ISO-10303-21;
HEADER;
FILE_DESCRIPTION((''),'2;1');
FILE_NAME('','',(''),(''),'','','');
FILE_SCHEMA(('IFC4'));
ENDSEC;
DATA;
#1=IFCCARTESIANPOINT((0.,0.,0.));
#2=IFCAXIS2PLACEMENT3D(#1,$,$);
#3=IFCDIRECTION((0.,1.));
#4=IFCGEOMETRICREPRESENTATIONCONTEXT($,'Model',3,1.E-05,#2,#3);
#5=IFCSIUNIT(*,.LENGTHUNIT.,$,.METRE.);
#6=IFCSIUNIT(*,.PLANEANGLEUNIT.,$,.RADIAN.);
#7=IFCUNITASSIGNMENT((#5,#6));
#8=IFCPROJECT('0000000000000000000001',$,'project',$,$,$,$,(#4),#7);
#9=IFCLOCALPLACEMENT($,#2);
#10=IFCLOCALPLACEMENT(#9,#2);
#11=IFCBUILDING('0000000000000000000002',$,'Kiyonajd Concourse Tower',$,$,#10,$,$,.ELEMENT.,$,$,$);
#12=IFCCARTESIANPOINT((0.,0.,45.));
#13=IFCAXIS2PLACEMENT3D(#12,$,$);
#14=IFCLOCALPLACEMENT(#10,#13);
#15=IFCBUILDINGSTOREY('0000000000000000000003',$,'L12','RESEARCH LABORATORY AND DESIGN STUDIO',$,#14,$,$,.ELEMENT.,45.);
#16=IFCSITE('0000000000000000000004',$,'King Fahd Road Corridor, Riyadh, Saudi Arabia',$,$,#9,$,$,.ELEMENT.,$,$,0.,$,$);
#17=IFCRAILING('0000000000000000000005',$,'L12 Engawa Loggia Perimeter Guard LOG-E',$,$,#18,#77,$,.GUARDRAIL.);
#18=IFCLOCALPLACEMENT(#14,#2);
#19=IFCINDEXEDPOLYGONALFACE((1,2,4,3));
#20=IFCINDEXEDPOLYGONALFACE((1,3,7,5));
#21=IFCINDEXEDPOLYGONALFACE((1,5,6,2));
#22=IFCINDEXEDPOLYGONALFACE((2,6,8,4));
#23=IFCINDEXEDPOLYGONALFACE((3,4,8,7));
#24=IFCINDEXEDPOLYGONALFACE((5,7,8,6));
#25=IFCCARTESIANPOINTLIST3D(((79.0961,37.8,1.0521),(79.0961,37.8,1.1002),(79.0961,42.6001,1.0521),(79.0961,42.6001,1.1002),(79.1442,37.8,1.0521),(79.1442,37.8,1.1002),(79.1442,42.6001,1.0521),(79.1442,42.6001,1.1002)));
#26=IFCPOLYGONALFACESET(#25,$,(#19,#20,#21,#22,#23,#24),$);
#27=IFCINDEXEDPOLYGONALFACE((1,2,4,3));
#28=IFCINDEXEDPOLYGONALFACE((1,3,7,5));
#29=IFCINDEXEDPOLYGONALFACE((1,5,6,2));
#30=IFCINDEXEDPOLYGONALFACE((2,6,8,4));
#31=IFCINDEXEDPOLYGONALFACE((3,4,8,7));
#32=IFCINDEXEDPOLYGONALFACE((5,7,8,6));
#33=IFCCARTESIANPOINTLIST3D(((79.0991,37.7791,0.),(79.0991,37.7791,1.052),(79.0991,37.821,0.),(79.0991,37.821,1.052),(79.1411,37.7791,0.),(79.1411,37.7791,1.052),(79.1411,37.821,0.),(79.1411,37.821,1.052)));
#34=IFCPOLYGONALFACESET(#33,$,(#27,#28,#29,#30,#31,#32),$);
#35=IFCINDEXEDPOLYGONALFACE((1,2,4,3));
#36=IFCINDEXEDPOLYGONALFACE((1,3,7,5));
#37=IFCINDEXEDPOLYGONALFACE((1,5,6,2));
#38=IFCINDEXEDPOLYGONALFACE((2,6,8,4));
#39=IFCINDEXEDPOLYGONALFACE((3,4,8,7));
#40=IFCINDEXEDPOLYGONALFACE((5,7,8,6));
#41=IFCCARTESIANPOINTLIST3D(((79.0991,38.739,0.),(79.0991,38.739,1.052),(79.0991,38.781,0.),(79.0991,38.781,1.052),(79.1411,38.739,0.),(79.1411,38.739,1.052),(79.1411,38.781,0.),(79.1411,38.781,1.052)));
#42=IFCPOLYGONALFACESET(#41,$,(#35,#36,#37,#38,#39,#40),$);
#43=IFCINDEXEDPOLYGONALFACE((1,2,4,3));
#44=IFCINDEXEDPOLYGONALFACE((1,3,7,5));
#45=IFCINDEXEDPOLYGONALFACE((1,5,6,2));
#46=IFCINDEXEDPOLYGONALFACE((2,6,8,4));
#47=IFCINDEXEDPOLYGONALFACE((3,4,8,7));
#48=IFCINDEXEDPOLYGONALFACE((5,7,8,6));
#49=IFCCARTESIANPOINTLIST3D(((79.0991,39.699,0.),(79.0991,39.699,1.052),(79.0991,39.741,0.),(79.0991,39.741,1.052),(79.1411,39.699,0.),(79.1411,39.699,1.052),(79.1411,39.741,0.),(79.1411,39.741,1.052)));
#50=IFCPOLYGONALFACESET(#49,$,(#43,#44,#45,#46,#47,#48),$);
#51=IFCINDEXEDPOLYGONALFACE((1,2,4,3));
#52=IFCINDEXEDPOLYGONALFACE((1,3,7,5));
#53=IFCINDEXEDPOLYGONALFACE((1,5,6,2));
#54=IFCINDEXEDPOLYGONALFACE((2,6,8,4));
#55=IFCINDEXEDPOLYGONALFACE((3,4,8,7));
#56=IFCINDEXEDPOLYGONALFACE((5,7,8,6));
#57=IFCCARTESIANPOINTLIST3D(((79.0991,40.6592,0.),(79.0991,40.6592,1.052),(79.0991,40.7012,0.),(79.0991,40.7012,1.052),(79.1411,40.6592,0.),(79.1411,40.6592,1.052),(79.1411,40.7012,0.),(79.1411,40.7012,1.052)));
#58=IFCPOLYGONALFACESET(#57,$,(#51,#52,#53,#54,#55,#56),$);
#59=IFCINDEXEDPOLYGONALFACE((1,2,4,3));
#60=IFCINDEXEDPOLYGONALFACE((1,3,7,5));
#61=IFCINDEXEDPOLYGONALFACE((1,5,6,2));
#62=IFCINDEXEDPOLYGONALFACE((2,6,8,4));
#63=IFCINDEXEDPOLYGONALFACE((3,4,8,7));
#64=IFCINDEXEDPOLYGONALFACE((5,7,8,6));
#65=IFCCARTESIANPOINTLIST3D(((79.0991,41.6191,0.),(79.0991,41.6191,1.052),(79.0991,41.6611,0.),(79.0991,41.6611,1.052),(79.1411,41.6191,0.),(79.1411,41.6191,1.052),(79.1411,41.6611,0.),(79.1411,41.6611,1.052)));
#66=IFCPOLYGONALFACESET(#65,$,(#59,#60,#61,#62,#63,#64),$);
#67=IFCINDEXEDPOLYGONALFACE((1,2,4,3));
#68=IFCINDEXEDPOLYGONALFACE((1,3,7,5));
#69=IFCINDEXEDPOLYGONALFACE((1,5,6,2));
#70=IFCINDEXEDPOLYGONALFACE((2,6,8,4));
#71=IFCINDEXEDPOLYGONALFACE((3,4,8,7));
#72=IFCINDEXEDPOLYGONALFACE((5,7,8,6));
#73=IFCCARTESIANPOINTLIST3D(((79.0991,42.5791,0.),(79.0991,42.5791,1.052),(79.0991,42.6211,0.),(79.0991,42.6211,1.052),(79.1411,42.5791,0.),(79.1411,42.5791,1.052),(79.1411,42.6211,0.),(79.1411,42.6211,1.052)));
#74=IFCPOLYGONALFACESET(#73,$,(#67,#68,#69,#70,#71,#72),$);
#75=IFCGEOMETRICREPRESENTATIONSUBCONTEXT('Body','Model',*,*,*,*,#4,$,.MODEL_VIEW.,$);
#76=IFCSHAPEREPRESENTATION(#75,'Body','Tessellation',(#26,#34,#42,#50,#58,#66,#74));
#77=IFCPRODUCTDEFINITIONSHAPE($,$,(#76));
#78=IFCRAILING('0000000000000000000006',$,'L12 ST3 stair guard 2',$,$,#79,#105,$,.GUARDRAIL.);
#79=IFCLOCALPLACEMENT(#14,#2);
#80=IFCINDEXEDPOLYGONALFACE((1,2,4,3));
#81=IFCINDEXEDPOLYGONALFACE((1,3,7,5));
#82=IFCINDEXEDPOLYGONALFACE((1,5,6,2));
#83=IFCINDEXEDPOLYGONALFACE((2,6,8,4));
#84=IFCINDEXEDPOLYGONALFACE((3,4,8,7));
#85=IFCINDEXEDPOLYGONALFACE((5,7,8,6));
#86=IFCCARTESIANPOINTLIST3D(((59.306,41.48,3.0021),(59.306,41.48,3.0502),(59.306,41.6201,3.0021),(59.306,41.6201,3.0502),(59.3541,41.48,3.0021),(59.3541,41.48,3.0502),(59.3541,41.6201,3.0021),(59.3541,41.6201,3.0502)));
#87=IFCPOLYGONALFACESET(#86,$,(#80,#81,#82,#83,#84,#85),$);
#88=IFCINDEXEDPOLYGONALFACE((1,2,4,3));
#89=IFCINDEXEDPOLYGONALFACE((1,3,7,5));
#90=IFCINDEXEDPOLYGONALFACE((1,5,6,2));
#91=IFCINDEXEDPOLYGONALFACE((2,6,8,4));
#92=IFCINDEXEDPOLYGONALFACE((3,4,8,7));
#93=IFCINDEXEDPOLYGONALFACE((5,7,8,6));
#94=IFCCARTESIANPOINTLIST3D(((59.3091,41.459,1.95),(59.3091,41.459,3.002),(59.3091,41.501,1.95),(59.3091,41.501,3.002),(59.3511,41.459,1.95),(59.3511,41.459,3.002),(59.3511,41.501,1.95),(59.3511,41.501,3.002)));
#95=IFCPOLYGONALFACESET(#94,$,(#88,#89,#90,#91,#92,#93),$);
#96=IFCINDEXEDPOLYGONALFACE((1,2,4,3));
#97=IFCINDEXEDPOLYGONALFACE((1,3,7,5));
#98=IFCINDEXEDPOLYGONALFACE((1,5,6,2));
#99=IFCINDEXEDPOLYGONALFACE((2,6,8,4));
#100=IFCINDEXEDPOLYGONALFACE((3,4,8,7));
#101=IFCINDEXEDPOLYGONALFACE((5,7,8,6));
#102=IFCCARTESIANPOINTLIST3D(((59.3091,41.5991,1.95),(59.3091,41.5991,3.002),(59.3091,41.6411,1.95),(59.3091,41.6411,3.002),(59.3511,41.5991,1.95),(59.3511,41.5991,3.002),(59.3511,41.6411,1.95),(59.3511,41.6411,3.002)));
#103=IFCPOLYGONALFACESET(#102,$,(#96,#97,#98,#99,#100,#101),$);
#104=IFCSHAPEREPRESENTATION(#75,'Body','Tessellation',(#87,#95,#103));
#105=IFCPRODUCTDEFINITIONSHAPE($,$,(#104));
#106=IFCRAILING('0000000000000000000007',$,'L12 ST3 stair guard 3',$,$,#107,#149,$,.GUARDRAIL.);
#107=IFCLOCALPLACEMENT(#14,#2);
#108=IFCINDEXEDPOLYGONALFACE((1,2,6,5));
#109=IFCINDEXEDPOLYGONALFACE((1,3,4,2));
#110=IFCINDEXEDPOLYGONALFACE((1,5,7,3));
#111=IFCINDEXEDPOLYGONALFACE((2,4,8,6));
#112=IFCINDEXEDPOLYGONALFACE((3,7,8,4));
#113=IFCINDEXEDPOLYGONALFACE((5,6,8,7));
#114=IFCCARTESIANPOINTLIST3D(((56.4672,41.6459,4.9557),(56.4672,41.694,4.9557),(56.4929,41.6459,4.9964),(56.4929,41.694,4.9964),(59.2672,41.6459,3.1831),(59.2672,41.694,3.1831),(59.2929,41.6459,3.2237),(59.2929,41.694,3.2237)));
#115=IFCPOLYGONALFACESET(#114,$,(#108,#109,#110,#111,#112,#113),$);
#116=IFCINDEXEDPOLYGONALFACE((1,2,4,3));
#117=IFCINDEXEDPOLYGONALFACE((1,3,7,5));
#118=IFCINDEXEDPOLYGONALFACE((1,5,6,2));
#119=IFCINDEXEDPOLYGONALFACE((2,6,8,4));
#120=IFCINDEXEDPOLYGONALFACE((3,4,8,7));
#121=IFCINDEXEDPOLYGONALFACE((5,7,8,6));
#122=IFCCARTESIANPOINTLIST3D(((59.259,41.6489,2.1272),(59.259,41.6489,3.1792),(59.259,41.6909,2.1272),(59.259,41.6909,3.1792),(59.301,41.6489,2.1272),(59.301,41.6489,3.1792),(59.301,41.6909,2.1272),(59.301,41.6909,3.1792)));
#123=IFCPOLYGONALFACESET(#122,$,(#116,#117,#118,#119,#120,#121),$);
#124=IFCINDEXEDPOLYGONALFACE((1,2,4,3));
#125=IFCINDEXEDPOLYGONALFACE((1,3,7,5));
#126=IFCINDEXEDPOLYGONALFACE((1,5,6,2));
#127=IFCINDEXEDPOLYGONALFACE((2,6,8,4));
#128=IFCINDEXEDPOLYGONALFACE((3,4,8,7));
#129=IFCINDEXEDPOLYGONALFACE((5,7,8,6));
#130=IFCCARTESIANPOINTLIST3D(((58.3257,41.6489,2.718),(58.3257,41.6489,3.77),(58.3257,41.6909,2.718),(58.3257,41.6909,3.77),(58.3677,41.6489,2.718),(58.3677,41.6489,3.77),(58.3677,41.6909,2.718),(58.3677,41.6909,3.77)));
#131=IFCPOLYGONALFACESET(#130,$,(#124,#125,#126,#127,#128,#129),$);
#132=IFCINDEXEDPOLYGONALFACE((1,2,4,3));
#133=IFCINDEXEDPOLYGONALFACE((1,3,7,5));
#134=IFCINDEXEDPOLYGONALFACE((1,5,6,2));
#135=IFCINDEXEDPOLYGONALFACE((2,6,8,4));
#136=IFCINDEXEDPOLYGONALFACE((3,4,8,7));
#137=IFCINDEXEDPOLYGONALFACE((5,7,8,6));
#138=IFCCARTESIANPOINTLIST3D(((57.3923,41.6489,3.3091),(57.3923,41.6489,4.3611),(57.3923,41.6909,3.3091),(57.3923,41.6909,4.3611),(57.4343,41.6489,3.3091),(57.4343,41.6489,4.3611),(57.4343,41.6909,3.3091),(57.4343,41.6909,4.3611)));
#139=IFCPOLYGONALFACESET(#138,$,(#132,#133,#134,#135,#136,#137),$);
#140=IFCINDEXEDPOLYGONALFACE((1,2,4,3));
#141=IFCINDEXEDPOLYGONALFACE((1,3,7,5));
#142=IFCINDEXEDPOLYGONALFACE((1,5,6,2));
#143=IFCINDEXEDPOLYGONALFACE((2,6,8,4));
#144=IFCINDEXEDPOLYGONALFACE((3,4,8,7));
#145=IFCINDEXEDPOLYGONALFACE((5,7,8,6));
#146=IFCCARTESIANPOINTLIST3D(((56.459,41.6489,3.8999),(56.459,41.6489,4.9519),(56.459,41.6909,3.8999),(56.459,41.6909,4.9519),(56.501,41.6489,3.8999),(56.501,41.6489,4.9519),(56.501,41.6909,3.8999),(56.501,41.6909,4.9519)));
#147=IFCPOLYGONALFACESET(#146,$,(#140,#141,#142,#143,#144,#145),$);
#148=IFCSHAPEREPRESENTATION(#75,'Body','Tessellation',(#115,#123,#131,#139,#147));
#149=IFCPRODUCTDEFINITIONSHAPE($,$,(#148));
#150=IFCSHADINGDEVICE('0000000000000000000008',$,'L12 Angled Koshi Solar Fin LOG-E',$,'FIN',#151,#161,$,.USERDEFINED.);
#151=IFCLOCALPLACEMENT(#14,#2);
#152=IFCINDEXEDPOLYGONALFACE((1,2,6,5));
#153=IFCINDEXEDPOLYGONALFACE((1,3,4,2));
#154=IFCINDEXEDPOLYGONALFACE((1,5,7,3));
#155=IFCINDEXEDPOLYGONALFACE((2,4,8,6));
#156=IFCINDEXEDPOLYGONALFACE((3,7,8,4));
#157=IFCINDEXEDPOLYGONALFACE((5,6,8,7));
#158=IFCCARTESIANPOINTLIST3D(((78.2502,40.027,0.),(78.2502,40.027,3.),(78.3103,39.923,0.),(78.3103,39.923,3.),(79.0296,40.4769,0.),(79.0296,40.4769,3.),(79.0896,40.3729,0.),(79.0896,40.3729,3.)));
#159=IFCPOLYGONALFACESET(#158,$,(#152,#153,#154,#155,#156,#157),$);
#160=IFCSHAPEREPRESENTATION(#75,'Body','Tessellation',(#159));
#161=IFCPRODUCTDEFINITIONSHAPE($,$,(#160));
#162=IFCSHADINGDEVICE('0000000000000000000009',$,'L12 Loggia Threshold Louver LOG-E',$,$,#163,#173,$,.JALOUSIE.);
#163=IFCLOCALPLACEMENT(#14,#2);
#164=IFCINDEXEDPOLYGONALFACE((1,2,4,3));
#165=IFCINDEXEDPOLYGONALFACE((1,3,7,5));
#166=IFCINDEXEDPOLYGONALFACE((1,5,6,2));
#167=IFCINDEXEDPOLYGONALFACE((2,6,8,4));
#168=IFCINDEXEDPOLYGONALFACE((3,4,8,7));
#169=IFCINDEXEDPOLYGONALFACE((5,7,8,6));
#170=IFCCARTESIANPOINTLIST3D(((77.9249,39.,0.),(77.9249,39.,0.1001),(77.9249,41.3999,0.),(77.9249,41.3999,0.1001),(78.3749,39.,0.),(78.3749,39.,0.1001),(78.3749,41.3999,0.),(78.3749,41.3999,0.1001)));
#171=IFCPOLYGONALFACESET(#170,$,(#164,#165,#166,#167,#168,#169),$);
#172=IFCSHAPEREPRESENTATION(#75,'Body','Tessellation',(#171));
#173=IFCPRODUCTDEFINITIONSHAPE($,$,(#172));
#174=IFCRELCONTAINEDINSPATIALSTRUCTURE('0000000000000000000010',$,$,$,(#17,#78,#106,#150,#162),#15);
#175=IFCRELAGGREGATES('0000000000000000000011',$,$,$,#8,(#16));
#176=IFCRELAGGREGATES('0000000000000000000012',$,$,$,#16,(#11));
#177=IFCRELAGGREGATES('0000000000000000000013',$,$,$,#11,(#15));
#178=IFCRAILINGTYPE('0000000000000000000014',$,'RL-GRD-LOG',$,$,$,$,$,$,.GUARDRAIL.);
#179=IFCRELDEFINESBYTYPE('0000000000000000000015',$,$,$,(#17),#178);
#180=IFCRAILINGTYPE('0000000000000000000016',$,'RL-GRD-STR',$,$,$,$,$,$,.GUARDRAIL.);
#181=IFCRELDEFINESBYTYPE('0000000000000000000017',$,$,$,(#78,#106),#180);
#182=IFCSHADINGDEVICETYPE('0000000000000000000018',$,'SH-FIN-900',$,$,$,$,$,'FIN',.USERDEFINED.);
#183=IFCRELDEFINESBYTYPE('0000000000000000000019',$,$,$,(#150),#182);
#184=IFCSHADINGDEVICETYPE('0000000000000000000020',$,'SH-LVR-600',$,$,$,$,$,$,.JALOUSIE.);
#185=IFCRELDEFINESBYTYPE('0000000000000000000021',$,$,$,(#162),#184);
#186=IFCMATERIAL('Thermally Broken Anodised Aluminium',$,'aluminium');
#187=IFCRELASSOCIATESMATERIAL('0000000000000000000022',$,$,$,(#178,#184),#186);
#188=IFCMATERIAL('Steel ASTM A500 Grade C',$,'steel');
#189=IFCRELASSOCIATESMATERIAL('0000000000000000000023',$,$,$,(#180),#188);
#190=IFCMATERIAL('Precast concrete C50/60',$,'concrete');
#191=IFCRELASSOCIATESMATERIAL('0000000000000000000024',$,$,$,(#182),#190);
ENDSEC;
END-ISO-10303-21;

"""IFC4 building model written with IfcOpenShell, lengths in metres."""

from ifc_helpers import new_model, si_unit, direction, frame, origin, origin_2d, place, context, subcontext, project, spatial, rectangle, extrude, material, type_object, element, save


model = new_model("IFC4")

# Units and contexts
model_context = context("Model", 3, precision=1e-05, world=origin(), true_north=direction((0.0, 1.0)))
body_context = subcontext(model_context, "Body", "Model", "MODEL_VIEW")
ifc_project = project(units=[si_unit("LENGTHUNIT", "METRE"), si_unit("PLANEANGLEUNIT", "RADIAN")], contexts=[model_context])

# Site, building, storey
site_placement = place(None, origin())
site = spatial("IfcSite", under=ifc_project, at=site_placement, Name="King Fahd Road Corridor, Riyadh, Saudi Arabia", CompositionType="ELEMENT", RefElevation=0.0)
building_placement = place(site_placement, origin())
building = spatial("IfcBuilding", under=site, at=building_placement, Name="Kiyonajd Concourse Tower", CompositionType="ELEMENT")
storey_placement = place(building_placement, frame((0.0, 0.0, 45.0)))
storey = spatial("IfcBuildingStorey", under=building, at=storey_placement, Name="L12", Description="RESEARCH LABORATORY AND DESIGN STUDIO", CompositionType="ELEMENT", Elevation=45.0)

# Shared definitions
ifc_material_1 = material(Name="Precast concrete C50/60", Category="concrete")

# Shared definitions
ifc_material_2 = material(Name="Thermally Broken Anodised Aluminium", Category="aluminium")

# Railings
railing_type_1 = type_object("IfcRailingType", Name="RL-GRD-LOG", PredefinedType="GUARDRAIL", material=ifc_material_2)
railing_1_placement = place(storey_placement, frame((79.1201, 37.8, 0.0)))
element("IfcRailing", 1, at=railing_1_placement, inside=storey, type_object=railing_type_1, Name="L12 Engawa Loggia Perimeter Guard LOG-E", PredefinedType="GUARDRAIL", context=body_context, shape_type="SweptSolid", body=[
    extrude(rectangle(XDim=0.0481, YDim=0.0481, at=origin_2d()), frame((0.0, 0.0, 1.0762), z_axis=(0.0, 1.0, 0.0), x_axis=(-1.0, 0.0, 0.0)), (0.0, 0.0, 1.0), 4.8),
    extrude(rectangle(XDim=0.042, YDim=0.042, at=origin_2d()), origin(), (0.0, 0.0, 1.0), 1.052),
    extrude(rectangle(XDim=0.042, YDim=0.042, at=origin_2d()), frame((0.0, 0.96, 0.0)), (0.0, 0.0, 1.0), 1.052),
    extrude(rectangle(XDim=0.042, YDim=0.042, at=origin_2d()), frame((0.0, 1.9199, 0.0)), (0.0, 0.0, 1.0), 1.052),
    extrude(rectangle(XDim=0.042, YDim=0.042, at=origin_2d()), frame((0.0, 2.8801, 0.0)), (0.0, 0.0, 1.0), 1.052),
    extrude(rectangle(XDim=0.042, YDim=0.042, at=origin_2d()), frame((0.0, 3.8401, 0.0)), (0.0, 0.0, 1.0), 1.052),
    extrude(rectangle(XDim=0.042, YDim=0.042, at=origin_2d()), frame((0.0, 4.8, 0.0)), (0.0, 0.0, 1.0), 1.052),
])
ifc_material_3 = material(Name="Steel ASTM A500 Grade C", Category="steel")
railing_type_2 = type_object("IfcRailingType", Name="RL-GRD-STR", PredefinedType="GUARDRAIL", material=ifc_material_3)
railing_2_placement = place(storey_placement, frame((59.3301, 41.48, 1.95)))
element("IfcRailing", 2, at=railing_2_placement, inside=storey, type_object=railing_type_2, Name="L12 ST3 stair guard 2", PredefinedType="GUARDRAIL", context=body_context, shape_type="SweptSolid", body=[
    extrude(rectangle(XDim=0.0481, YDim=0.0481, at=origin_2d()), frame((0.0, 0.0, 1.0762), z_axis=(0.0, 1.0, 0.0), x_axis=(-1.0, 0.0, 0.0)), (0.0, 0.0, 1.0), 0.1401),
    extrude(rectangle(XDim=0.042, YDim=0.042, at=origin_2d()), origin(), (0.0, 0.0, 1.0), 1.052),
    extrude(rectangle(XDim=0.042, YDim=0.042, at=origin_2d()), frame((0.0, 0.1401, 0.0)), (0.0, 0.0, 1.0), 1.052),
])
railing_3_placement = place(storey_placement, frame((59.28, 41.6699, 2.1272)))
element("IfcRailing", 3, at=railing_3_placement, inside=storey, type_object=railing_type_2, Name="L12 ST3 stair guard 3", PredefinedType="GUARDRAIL", context=body_context, shape_type="SweptSolid", body=[
    extrude(rectangle(XDim=0.0481, YDim=0.0481, at=origin_2d()), frame((0.0, 0.0, 1.0762), z_axis=(-0.844909, 0.0, 0.53491), x_axis=(0.0, -1.0, 0.0)), (0.0, 0.0, 1.0), 3.314),
    extrude(rectangle(XDim=0.042, YDim=0.042, at=origin_2d()), origin(), (0.0, 0.0, 1.0), 1.052),
    extrude(rectangle(XDim=0.042, YDim=0.042, at=origin_2d()), frame((-0.9333, 0.0, 0.5908)), (0.0, 0.0, 1.0), 1.052),
    extrude(rectangle(XDim=0.042, YDim=0.042, at=origin_2d()), frame((-1.8667, 0.0, 1.1819)), (0.0, 0.0, 1.0), 1.052),
    extrude(rectangle(XDim=0.042, YDim=0.042, at=origin_2d()), frame((-2.8, 0.0, 1.7727)), (0.0, 0.0, 1.0), 1.052),
])

# Shading devices
shading_device_type_1 = type_object("IfcShadingDeviceType", Name="SH-FIN-900", ElementType="FIN", PredefinedType="USERDEFINED", material=ifc_material_1)
shading_device_1_placement = place(storey_placement, frame((78.6699, 40.2, 0.0), z_axis=(0.0, 0.0, 1.0), x_axis=(0.866025, 0.5, 0.0)))
element("IfcShadingDevice", 4, at=shading_device_1_placement, inside=storey, type_object=shading_device_type_1, Name="L12 Angled Koshi Solar Fin LOG-E", ObjectType="FIN", PredefinedType="USERDEFINED", context=body_context, shape_type="SweptSolid", body=[
    extrude(rectangle(XDim=0.8999, YDim=0.1201, at=origin_2d()), origin(), (0.0, 0.0, 1.0), 3.0),
])
shading_device_type_2 = type_object("IfcShadingDeviceType", Name="SH-LVR-600", PredefinedType="JALOUSIE", material=ifc_material_2)
shading_device_2_placement = place(storey_placement, frame((78.1499, 40.2, 0.0), z_axis=(0.0, 0.0, 1.0), x_axis=(0.0, 1.0, 0.0)))
element("IfcShadingDevice", 5, at=shading_device_2_placement, inside=storey, type_object=shading_device_type_2, Name="L12 Loggia Threshold Louver LOG-E", PredefinedType="JALOUSIE", context=body_context, shape_type="SweptSolid", body=[
    extrude(rectangle(XDim=2.3999, YDim=0.45, at=origin_2d()), origin(), (0.0, 0.0, 1.0), 0.1001),
])

save(model, "model.ifc")
